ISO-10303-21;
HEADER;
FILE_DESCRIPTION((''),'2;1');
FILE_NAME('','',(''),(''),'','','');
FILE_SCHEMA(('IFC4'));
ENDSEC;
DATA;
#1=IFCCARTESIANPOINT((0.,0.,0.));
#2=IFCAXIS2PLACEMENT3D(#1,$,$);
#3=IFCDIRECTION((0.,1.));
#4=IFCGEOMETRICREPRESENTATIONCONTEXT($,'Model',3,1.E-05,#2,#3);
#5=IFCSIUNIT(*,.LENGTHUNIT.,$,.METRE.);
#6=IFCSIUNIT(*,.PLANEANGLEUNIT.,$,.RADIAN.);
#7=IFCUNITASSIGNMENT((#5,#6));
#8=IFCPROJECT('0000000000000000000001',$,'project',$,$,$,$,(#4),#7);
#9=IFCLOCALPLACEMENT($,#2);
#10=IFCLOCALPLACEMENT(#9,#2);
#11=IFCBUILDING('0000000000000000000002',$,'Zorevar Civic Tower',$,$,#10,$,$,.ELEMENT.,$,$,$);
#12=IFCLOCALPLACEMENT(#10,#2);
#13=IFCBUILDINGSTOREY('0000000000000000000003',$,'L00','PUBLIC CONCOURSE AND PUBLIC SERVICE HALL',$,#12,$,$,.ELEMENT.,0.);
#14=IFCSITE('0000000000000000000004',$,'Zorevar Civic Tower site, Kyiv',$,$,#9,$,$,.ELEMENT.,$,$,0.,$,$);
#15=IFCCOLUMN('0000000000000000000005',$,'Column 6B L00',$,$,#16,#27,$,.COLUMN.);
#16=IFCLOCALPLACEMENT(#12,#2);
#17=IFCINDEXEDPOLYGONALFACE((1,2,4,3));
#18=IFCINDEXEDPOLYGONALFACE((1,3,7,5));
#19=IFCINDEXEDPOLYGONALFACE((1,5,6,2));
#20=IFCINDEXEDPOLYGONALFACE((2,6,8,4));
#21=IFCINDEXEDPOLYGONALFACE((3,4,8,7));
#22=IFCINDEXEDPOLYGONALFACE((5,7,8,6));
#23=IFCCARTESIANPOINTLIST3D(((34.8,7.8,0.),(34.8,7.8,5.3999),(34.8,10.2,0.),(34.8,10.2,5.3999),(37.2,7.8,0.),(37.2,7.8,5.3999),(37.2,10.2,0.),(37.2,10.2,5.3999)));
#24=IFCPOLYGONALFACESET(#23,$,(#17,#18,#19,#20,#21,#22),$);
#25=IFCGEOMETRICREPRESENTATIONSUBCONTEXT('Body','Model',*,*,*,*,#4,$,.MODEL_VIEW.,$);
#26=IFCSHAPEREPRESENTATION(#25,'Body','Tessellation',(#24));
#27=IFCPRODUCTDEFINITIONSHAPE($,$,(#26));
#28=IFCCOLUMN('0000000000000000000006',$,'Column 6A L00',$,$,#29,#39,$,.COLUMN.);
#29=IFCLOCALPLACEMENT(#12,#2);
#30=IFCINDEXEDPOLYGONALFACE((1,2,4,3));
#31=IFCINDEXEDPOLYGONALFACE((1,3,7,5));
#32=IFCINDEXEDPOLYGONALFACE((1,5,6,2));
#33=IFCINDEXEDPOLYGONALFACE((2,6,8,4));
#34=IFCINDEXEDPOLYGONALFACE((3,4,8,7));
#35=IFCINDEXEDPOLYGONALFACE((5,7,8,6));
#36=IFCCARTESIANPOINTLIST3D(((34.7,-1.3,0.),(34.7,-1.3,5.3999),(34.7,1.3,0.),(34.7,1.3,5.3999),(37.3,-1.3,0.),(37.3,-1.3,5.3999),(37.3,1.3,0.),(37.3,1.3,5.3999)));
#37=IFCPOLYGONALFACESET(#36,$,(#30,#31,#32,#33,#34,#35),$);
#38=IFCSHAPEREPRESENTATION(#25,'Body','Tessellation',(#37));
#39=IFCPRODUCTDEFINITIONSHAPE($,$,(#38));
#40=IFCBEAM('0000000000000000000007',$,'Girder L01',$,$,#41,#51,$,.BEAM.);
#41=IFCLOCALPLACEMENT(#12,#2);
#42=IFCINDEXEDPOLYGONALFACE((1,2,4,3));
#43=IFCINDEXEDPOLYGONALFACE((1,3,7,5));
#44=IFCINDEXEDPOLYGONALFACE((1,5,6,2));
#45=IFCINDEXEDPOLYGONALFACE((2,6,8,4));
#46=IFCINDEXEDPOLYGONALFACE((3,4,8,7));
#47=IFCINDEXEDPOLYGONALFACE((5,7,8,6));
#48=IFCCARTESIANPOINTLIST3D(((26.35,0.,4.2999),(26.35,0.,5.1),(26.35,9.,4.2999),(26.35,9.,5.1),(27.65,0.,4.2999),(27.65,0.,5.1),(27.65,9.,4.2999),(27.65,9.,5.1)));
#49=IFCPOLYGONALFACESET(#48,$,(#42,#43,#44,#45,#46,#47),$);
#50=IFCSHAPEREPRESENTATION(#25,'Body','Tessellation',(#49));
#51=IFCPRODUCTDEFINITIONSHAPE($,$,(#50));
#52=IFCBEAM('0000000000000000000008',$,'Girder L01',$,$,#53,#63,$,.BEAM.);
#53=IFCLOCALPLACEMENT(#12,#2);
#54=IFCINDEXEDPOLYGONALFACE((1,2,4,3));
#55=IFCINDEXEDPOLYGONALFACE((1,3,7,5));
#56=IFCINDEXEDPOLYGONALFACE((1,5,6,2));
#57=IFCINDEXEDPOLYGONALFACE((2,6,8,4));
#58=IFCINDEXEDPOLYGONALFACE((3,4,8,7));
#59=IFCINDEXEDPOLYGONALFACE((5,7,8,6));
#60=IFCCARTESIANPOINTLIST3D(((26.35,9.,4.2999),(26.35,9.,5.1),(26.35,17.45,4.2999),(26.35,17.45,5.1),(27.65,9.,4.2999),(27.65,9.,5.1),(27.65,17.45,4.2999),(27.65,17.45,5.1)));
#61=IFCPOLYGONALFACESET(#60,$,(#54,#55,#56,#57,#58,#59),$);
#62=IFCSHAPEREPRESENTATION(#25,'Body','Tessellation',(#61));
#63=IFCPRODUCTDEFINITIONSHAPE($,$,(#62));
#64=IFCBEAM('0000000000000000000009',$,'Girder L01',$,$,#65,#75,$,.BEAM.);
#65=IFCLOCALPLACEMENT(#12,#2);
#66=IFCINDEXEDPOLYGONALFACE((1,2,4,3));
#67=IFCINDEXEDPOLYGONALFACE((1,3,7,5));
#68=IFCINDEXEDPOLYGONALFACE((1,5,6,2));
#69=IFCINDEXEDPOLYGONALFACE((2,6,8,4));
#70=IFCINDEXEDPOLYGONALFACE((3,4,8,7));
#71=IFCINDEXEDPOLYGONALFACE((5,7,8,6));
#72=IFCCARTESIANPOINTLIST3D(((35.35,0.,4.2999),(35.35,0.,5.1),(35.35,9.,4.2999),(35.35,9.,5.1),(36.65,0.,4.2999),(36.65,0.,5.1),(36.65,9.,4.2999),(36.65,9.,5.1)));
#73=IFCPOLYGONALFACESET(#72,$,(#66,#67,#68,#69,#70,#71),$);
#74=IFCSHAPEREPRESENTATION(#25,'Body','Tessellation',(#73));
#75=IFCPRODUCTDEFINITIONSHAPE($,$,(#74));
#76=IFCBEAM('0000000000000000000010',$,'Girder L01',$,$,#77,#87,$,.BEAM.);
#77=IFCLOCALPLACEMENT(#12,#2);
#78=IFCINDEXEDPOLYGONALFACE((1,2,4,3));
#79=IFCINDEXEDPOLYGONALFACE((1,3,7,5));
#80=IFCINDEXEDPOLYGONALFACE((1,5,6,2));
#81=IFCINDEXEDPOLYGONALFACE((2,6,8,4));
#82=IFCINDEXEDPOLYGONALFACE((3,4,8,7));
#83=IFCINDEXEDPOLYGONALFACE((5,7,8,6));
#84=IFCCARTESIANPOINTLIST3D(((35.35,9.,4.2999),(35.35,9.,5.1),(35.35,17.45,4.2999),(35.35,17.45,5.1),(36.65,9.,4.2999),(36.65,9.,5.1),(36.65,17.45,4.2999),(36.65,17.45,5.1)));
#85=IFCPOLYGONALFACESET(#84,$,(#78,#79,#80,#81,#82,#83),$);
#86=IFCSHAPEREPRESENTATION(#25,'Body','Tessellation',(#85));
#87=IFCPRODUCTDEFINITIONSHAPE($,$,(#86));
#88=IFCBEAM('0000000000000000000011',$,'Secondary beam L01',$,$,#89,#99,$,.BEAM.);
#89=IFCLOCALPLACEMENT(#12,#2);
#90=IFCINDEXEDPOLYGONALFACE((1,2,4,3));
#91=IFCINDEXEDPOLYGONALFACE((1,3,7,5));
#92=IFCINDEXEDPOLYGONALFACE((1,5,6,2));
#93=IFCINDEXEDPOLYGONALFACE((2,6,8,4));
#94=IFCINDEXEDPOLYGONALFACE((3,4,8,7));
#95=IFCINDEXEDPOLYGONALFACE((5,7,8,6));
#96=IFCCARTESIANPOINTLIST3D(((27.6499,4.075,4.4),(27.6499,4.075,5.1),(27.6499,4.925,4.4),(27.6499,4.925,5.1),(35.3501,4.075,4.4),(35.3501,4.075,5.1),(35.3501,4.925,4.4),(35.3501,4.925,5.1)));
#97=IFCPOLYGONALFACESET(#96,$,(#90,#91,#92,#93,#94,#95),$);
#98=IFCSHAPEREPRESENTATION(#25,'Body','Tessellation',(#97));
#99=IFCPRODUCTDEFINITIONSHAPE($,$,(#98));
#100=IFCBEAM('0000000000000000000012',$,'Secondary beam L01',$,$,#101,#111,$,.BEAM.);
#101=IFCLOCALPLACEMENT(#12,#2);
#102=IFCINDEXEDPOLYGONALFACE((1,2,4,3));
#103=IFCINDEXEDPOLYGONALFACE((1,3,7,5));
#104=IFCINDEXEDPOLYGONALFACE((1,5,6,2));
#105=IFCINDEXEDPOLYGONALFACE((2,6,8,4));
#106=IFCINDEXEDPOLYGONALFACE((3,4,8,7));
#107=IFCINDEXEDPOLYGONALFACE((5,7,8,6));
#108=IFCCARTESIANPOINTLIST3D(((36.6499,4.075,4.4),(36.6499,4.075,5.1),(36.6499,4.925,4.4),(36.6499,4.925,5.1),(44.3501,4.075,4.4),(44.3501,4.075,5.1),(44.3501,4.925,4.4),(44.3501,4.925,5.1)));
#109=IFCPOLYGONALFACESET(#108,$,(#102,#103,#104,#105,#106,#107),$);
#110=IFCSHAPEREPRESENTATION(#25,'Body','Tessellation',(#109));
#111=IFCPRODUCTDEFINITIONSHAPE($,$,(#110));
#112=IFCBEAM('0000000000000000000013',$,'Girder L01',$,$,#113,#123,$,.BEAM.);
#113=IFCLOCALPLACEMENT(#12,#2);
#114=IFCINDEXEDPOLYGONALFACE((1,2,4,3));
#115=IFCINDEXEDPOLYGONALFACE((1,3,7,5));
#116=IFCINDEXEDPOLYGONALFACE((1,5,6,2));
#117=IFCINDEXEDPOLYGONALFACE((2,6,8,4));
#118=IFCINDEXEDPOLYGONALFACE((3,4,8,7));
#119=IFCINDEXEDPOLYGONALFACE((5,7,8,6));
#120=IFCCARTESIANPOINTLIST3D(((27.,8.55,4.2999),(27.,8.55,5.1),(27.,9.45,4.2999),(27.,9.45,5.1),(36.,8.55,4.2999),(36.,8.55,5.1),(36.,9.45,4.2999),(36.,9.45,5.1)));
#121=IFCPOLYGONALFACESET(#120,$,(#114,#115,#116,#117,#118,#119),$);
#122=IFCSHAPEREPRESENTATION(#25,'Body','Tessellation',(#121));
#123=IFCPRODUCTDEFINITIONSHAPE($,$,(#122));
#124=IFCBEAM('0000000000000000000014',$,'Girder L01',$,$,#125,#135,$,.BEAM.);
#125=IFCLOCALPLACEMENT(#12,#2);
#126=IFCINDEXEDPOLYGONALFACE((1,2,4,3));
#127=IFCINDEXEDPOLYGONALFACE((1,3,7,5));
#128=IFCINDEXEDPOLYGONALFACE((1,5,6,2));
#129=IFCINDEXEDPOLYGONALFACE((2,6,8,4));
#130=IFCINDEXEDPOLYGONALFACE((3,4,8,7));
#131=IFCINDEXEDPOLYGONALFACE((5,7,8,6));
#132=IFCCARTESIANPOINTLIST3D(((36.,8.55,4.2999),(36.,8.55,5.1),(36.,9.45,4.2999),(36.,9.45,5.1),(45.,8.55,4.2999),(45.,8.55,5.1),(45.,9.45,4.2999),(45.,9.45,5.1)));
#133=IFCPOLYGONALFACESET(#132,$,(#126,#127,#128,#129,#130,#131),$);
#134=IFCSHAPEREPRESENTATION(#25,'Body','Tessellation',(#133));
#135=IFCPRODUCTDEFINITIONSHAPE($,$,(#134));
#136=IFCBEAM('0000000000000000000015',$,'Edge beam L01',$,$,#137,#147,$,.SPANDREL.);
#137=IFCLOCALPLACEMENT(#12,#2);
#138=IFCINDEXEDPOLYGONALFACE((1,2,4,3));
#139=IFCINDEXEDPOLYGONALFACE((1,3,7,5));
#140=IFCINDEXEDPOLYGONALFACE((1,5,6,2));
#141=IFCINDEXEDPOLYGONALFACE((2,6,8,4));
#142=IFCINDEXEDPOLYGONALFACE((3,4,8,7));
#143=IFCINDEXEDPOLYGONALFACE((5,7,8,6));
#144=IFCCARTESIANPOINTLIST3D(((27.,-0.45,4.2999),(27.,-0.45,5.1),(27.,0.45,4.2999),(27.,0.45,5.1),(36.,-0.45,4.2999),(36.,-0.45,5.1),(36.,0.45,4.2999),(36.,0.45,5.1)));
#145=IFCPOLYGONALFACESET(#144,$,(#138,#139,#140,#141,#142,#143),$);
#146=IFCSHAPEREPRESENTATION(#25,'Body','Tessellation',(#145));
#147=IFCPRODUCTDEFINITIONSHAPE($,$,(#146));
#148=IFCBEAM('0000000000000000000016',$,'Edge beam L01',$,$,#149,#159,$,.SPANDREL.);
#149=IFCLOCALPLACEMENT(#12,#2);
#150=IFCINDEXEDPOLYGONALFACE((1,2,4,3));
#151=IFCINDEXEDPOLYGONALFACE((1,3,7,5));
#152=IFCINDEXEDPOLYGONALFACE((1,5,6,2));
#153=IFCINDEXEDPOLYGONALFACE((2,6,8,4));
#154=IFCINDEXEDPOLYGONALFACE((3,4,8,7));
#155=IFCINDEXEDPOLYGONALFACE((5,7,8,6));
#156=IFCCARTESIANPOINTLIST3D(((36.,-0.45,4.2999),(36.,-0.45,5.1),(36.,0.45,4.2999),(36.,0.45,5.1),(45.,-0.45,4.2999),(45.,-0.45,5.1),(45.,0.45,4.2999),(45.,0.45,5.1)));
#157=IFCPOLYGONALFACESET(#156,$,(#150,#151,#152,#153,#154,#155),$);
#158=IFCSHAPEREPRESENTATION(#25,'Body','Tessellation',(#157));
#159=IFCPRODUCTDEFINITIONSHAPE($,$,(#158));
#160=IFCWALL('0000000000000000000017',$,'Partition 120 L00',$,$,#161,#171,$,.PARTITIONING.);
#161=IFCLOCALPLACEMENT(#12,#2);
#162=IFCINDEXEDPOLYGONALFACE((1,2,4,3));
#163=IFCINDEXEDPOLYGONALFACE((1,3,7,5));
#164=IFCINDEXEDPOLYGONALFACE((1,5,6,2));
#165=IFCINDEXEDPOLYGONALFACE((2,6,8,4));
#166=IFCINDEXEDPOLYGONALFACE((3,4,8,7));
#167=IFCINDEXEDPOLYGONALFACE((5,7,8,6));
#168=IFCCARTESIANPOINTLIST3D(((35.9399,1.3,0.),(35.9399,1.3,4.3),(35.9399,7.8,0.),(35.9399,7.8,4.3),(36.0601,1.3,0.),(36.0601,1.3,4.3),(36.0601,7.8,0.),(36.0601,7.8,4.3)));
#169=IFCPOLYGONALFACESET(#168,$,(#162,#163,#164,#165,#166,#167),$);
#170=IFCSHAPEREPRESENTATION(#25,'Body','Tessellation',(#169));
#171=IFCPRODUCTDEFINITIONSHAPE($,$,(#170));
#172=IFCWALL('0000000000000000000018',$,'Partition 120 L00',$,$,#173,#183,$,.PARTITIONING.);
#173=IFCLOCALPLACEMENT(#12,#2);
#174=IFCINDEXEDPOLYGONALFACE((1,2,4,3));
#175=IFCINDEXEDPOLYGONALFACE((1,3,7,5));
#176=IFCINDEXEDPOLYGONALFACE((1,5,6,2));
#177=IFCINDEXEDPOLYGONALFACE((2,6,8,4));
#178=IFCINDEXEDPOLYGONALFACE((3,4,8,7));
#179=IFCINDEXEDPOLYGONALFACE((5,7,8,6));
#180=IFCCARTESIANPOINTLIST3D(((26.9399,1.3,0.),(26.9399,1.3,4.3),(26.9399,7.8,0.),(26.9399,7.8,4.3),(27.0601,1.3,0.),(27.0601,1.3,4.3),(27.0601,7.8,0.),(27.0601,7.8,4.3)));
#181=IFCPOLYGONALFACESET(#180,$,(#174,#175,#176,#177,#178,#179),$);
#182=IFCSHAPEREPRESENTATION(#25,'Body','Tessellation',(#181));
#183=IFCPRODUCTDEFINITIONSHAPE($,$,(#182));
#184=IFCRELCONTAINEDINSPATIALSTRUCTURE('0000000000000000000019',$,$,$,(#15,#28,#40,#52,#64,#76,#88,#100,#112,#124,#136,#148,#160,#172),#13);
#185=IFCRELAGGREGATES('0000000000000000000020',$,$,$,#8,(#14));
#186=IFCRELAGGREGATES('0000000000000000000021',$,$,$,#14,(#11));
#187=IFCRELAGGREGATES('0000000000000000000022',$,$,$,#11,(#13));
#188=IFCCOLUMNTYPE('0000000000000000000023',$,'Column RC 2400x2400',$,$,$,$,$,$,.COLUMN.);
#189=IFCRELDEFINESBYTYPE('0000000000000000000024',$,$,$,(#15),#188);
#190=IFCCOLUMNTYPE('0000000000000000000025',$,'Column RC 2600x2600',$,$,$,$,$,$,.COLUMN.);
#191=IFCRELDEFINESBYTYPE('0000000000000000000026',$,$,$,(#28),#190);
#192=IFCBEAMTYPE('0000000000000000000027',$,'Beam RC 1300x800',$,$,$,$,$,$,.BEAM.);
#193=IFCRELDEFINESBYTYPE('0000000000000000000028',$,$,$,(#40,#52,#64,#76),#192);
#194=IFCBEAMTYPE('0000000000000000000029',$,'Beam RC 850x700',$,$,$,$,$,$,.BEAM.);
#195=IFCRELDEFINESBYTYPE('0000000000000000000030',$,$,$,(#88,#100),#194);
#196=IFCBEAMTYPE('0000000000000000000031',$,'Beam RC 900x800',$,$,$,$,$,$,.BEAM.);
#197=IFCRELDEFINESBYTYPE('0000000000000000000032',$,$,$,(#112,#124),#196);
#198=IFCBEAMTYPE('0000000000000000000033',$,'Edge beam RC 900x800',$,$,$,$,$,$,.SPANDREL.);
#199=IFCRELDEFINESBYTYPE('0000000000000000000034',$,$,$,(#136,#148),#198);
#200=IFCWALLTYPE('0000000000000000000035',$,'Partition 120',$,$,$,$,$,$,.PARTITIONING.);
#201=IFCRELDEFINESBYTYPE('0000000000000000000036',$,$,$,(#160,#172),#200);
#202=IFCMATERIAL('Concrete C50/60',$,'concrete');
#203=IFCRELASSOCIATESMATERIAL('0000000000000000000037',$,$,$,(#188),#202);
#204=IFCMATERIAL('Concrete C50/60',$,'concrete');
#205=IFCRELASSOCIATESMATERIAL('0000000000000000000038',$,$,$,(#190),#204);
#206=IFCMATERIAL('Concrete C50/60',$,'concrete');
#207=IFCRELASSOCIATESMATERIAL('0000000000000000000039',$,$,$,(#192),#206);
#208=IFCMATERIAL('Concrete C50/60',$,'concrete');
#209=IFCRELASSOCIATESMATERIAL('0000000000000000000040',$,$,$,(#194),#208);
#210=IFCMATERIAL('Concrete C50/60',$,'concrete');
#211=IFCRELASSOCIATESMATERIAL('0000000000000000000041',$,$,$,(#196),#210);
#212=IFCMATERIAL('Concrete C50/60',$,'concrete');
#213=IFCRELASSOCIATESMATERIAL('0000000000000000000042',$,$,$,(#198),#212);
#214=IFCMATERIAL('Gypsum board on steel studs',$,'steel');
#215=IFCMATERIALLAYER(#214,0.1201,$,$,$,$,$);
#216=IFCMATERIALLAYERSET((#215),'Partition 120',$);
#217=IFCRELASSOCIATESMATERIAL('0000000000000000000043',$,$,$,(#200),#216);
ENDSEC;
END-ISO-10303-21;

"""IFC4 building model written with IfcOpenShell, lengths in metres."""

from ifc_helpers import new_model, si_unit, direction, frame, frame_2d, origin, origin_2d, place, context, subcontext, project, spatial, rectangle, extrude, material, layer, layer_set, material_profile, profile_set, type_object, element, save


model = new_model("IFC4")

# Units and contexts
model_context = context("Model", 3, precision=1e-05, world=origin(), true_north=direction((0.0, 1.0)))
body_context = subcontext(model_context, "Body", "Model", "MODEL_VIEW")
ifc_project = project(units=[si_unit("LENGTHUNIT", "METRE"), si_unit("PLANEANGLEUNIT", "RADIAN")], contexts=[model_context])

# Site, building, storey
site_placement = place(None, origin())
site = spatial("IfcSite", under=ifc_project, at=site_placement, Name="Zorevar Civic Tower site, Kyiv", CompositionType="ELEMENT", RefElevation=0.0)
building_placement = place(site_placement, origin())
building = spatial("IfcBuilding", under=site, at=building_placement, Name="Zorevar Civic Tower", CompositionType="ELEMENT")
storey_placement = place(building_placement, origin())
storey = spatial("IfcBuildingStorey", under=building, at=storey_placement, Name="L00", Description="PUBLIC CONCOURSE AND PUBLIC SERVICE HALL", CompositionType="ELEMENT", Elevation=0.0)

# Columns
ifc_material_1 = material(Name="Concrete C50/60", Category="concrete")
ifc_material_profile_1 = material_profile(ifc_material_1, rectangle(XDim=2.3999, YDim=2.3999, at=origin_2d()), Name="RC 2400x2400")
ifc_profile_set_1 = profile_set([ifc_material_profile_1], Name="Concrete C50/60")
column_type_1 = type_object("IfcColumnType", Name="Column RC 2400x2400", PredefinedType="COLUMN", material=ifc_profile_set_1)
column_1_placement = place(storey_placement, frame((36.0, 9.0, 0.0), z_axis=(0.0, 0.0, 1.0), x_axis=(1.0, 0.0, 0.0)))
element("IfcColumn", 1, at=column_1_placement, inside=storey, type_object=column_type_1, Name="Column 6B L00", PredefinedType="COLUMN", context=body_context, shape_type="SweptSolid", body=[
    extrude(rectangle(XDim=2.3999, YDim=2.3999, at=origin_2d()), origin(), (0.0, 0.0, 1.0), 5.3999),
])
ifc_material_2 = material(Name="Concrete C50/60", Category="concrete")
ifc_material_profile_2 = material_profile(ifc_material_2, rectangle(XDim=2.6001, YDim=2.6001, at=origin_2d()), Name="RC 2600x2600")
ifc_profile_set_2 = profile_set([ifc_material_profile_2], Name="Concrete C50/60")
column_type_2 = type_object("IfcColumnType", Name="Column RC 2600x2600", PredefinedType="COLUMN", material=ifc_profile_set_2)
column_2_placement = place(storey_placement, frame((36.0, 0.0, 0.0), z_axis=(0.0, 0.0, 1.0), x_axis=(1.0, 0.0, 0.0)))
element("IfcColumn", 2, at=column_2_placement, inside=storey, type_object=column_type_2, Name="Column 6A L00", PredefinedType="COLUMN", context=body_context, shape_type="SweptSolid", body=[
    extrude(rectangle(XDim=2.6001, YDim=2.6001, at=origin_2d()), origin(), (0.0, 0.0, 1.0), 5.3999),
])

# Beams
ifc_material_3 = material(Name="Concrete C50/60", Category="concrete")
ifc_material_profile_3 = material_profile(ifc_material_3, rectangle(XDim=1.3, YDim=0.8, at=origin_2d()), Name="RC 1300x800")
ifc_profile_set_3 = profile_set([ifc_material_profile_3], Name="Concrete C50/60")
beam_type_1 = type_object("IfcBeamType", Name="Beam RC 1300x800", PredefinedType="BEAM", material=ifc_profile_set_3)
beam_1_placement = place(storey_placement, frame((27.0, 0.0, 4.7), z_axis=(0.0, 1.0, 0.0), x_axis=(-1.0, 0.0, 0.0)))
element("IfcBeam", 3, at=beam_1_placement, inside=storey, type_object=beam_type_1, Name="Girder L01", PredefinedType="BEAM", context=body_context, shape_type="SweptSolid", body=[
    extrude(rectangle(XDim=1.3, YDim=0.8, at=origin_2d()), origin(), (0.0, 0.0, 1.0), 9.0),
])
beam_2_placement = place(storey_placement, frame((27.0, 9.0, 4.7), z_axis=(0.0, 1.0, 0.0), x_axis=(-1.0, 0.0, 0.0)))
element("IfcBeam", 4, at=beam_2_placement, inside=storey, type_object=beam_type_1, Name="Girder L01", PredefinedType="BEAM", context=body_context, shape_type="SweptSolid", body=[
    extrude(rectangle(XDim=1.3, YDim=0.8, at=origin_2d()), origin(), (0.0, 0.0, 1.0), 8.45),
])
beam_3_placement = place(storey_placement, frame((36.0, 0.0, 4.7), z_axis=(0.0, 1.0, 0.0), x_axis=(-1.0, 0.0, 0.0)))
element("IfcBeam", 5, at=beam_3_placement, inside=storey, type_object=beam_type_1, Name="Girder L01", PredefinedType="BEAM", context=body_context, shape_type="SweptSolid", body=[
    extrude(rectangle(XDim=1.3, YDim=0.8, at=origin_2d()), origin(), (0.0, 0.0, 1.0), 9.0),
])
beam_4_placement = place(storey_placement, frame((36.0, 9.0, 4.7), z_axis=(0.0, 1.0, 0.0), x_axis=(-1.0, 0.0, 0.0)))
element("IfcBeam", 6, at=beam_4_placement, inside=storey, type_object=beam_type_1, Name="Girder L01", PredefinedType="BEAM", context=body_context, shape_type="SweptSolid", body=[
    extrude(rectangle(XDim=1.3, YDim=0.8, at=origin_2d()), origin(), (0.0, 0.0, 1.0), 8.45),
])
ifc_material_4 = material(Name="Concrete C50/60", Category="concrete")
ifc_material_profile_4 = material_profile(ifc_material_4, rectangle(XDim=0.8501, YDim=0.7, at=origin_2d()), Name="RC 850x700")
ifc_profile_set_4 = profile_set([ifc_material_profile_4], Name="Concrete C50/60")
beam_type_2 = type_object("IfcBeamType", Name="Beam RC 850x700", PredefinedType="BEAM", material=ifc_profile_set_4)
for number, where, z_axis, x_axis, name in (
    (7, (27.6499, 4.5, 4.75), (1.0, 0.0, 0.0), (0.0, 1.0, 0.0), "Secondary beam L01"),
    (8, (36.6499, 4.5, 4.75), (1.0, 0.0, 0.0), (0.0, 1.0, 0.0), "Secondary beam L01"),
):
    element("IfcBeam", number, at=place(storey_placement, frame(where, z_axis=z_axis, x_axis=x_axis)), inside=storey, type_object=beam_type_2, Name=name, PredefinedType="BEAM", context=body_context, shape_type="SweptSolid", body=[
        extrude(rectangle(XDim=0.8501, YDim=0.7, at=origin_2d()), origin(), (0.0, 0.0, 1.0), 7.7002),
    ])
ifc_material_5 = material(Name="Concrete C50/60", Category="concrete")
ifc_material_profile_5 = material_profile(ifc_material_5, rectangle(XDim=0.8999, YDim=0.8, at=origin_2d()), Name="RC 900x800")
ifc_profile_set_5 = profile_set([ifc_material_profile_5], Name="Concrete C50/60")
beam_type_3 = type_object("IfcBeamType", Name="Beam RC 900x800", PredefinedType="BEAM", material=ifc_profile_set_5)
for number, where, z_axis, x_axis, name in (
    (9, (27.0, 9.0, 4.7), (1.0, 0.0, 0.0), (0.0, 1.0, 0.0), "Girder L01"),
    (10, (36.0, 9.0, 4.7), (1.0, 0.0, 0.0), (0.0, 1.0, 0.0), "Girder L01"),
):
    element("IfcBeam", number, at=place(storey_placement, frame(where, z_axis=z_axis, x_axis=x_axis)), inside=storey, type_object=beam_type_3, Name=name, PredefinedType="BEAM", context=body_context, shape_type="SweptSolid", body=[
        extrude(rectangle(XDim=0.8999, YDim=0.8, at=origin_2d()), origin(), (0.0, 0.0, 1.0), 9.0),
    ])
ifc_material_6 = material(Name="Concrete C50/60", Category="concrete")
ifc_material_profile_6 = material_profile(ifc_material_6, rectangle(XDim=0.8999, YDim=0.8, at=origin_2d()), Name="RC 900x800")
ifc_profile_set_6 = profile_set([ifc_material_profile_6], Name="Concrete C50/60")
beam_type_4 = type_object("IfcBeamType", Name="Edge beam RC 900x800", PredefinedType="SPANDREL", material=ifc_profile_set_6)
for number, where, z_axis, x_axis, name in (
    (11, (27.0, 0.0, 4.7), (1.0, 0.0, 0.0), (0.0, 1.0, 0.0), "Edge beam L01"),
    (12, (36.0, 0.0, 4.7), (1.0, 0.0, 0.0), (0.0, 1.0, 0.0), "Edge beam L01"),
):
    element("IfcBeam", number, at=place(storey_placement, frame(where, z_axis=z_axis, x_axis=x_axis)), inside=storey, type_object=beam_type_4, Name=name, PredefinedType="SPANDREL", context=body_context, shape_type="SweptSolid", body=[
        extrude(rectangle(XDim=0.8999, YDim=0.8, at=origin_2d()), origin(), (0.0, 0.0, 1.0), 9.0),
    ])

# Walls
ifc_material_7 = material(Name="Gypsum board on steel studs", Category="steel")
ifc_layer_1 = layer(ifc_material_7, 0.1201)
ifc_layer_set_1 = layer_set([ifc_layer_1], Name="Partition 120")
wall_type_1 = type_object("IfcWallType", Name="Partition 120", PredefinedType="PARTITIONING", material=ifc_layer_set_1)
for number, where, z_axis, x_axis, name in (
    (13, (36.0, 1.3, 0.0), (0.0, 0.0, 1.0), (0.0, 1.0, 0.0), "Partition 120 L00"),
    (14, (27.0, 1.3, 0.0), (0.0, 0.0, 1.0), (0.0, 1.0, 0.0), "Partition 120 L00"),
):
    element("IfcWall", number, at=place(storey_placement, frame(where, z_axis=z_axis, x_axis=x_axis)), inside=storey, type_object=wall_type_1, Name=name, PredefinedType="PARTITIONING", context=body_context, shape_type="SweptSolid", body=[
        extrude(rectangle(XDim=6.5, YDim=0.1201, at=frame_2d((3.25, 0.0))), origin(), (0.0, 0.0, 1.0), 4.3),
    ])

save(model, "model.ifc")
